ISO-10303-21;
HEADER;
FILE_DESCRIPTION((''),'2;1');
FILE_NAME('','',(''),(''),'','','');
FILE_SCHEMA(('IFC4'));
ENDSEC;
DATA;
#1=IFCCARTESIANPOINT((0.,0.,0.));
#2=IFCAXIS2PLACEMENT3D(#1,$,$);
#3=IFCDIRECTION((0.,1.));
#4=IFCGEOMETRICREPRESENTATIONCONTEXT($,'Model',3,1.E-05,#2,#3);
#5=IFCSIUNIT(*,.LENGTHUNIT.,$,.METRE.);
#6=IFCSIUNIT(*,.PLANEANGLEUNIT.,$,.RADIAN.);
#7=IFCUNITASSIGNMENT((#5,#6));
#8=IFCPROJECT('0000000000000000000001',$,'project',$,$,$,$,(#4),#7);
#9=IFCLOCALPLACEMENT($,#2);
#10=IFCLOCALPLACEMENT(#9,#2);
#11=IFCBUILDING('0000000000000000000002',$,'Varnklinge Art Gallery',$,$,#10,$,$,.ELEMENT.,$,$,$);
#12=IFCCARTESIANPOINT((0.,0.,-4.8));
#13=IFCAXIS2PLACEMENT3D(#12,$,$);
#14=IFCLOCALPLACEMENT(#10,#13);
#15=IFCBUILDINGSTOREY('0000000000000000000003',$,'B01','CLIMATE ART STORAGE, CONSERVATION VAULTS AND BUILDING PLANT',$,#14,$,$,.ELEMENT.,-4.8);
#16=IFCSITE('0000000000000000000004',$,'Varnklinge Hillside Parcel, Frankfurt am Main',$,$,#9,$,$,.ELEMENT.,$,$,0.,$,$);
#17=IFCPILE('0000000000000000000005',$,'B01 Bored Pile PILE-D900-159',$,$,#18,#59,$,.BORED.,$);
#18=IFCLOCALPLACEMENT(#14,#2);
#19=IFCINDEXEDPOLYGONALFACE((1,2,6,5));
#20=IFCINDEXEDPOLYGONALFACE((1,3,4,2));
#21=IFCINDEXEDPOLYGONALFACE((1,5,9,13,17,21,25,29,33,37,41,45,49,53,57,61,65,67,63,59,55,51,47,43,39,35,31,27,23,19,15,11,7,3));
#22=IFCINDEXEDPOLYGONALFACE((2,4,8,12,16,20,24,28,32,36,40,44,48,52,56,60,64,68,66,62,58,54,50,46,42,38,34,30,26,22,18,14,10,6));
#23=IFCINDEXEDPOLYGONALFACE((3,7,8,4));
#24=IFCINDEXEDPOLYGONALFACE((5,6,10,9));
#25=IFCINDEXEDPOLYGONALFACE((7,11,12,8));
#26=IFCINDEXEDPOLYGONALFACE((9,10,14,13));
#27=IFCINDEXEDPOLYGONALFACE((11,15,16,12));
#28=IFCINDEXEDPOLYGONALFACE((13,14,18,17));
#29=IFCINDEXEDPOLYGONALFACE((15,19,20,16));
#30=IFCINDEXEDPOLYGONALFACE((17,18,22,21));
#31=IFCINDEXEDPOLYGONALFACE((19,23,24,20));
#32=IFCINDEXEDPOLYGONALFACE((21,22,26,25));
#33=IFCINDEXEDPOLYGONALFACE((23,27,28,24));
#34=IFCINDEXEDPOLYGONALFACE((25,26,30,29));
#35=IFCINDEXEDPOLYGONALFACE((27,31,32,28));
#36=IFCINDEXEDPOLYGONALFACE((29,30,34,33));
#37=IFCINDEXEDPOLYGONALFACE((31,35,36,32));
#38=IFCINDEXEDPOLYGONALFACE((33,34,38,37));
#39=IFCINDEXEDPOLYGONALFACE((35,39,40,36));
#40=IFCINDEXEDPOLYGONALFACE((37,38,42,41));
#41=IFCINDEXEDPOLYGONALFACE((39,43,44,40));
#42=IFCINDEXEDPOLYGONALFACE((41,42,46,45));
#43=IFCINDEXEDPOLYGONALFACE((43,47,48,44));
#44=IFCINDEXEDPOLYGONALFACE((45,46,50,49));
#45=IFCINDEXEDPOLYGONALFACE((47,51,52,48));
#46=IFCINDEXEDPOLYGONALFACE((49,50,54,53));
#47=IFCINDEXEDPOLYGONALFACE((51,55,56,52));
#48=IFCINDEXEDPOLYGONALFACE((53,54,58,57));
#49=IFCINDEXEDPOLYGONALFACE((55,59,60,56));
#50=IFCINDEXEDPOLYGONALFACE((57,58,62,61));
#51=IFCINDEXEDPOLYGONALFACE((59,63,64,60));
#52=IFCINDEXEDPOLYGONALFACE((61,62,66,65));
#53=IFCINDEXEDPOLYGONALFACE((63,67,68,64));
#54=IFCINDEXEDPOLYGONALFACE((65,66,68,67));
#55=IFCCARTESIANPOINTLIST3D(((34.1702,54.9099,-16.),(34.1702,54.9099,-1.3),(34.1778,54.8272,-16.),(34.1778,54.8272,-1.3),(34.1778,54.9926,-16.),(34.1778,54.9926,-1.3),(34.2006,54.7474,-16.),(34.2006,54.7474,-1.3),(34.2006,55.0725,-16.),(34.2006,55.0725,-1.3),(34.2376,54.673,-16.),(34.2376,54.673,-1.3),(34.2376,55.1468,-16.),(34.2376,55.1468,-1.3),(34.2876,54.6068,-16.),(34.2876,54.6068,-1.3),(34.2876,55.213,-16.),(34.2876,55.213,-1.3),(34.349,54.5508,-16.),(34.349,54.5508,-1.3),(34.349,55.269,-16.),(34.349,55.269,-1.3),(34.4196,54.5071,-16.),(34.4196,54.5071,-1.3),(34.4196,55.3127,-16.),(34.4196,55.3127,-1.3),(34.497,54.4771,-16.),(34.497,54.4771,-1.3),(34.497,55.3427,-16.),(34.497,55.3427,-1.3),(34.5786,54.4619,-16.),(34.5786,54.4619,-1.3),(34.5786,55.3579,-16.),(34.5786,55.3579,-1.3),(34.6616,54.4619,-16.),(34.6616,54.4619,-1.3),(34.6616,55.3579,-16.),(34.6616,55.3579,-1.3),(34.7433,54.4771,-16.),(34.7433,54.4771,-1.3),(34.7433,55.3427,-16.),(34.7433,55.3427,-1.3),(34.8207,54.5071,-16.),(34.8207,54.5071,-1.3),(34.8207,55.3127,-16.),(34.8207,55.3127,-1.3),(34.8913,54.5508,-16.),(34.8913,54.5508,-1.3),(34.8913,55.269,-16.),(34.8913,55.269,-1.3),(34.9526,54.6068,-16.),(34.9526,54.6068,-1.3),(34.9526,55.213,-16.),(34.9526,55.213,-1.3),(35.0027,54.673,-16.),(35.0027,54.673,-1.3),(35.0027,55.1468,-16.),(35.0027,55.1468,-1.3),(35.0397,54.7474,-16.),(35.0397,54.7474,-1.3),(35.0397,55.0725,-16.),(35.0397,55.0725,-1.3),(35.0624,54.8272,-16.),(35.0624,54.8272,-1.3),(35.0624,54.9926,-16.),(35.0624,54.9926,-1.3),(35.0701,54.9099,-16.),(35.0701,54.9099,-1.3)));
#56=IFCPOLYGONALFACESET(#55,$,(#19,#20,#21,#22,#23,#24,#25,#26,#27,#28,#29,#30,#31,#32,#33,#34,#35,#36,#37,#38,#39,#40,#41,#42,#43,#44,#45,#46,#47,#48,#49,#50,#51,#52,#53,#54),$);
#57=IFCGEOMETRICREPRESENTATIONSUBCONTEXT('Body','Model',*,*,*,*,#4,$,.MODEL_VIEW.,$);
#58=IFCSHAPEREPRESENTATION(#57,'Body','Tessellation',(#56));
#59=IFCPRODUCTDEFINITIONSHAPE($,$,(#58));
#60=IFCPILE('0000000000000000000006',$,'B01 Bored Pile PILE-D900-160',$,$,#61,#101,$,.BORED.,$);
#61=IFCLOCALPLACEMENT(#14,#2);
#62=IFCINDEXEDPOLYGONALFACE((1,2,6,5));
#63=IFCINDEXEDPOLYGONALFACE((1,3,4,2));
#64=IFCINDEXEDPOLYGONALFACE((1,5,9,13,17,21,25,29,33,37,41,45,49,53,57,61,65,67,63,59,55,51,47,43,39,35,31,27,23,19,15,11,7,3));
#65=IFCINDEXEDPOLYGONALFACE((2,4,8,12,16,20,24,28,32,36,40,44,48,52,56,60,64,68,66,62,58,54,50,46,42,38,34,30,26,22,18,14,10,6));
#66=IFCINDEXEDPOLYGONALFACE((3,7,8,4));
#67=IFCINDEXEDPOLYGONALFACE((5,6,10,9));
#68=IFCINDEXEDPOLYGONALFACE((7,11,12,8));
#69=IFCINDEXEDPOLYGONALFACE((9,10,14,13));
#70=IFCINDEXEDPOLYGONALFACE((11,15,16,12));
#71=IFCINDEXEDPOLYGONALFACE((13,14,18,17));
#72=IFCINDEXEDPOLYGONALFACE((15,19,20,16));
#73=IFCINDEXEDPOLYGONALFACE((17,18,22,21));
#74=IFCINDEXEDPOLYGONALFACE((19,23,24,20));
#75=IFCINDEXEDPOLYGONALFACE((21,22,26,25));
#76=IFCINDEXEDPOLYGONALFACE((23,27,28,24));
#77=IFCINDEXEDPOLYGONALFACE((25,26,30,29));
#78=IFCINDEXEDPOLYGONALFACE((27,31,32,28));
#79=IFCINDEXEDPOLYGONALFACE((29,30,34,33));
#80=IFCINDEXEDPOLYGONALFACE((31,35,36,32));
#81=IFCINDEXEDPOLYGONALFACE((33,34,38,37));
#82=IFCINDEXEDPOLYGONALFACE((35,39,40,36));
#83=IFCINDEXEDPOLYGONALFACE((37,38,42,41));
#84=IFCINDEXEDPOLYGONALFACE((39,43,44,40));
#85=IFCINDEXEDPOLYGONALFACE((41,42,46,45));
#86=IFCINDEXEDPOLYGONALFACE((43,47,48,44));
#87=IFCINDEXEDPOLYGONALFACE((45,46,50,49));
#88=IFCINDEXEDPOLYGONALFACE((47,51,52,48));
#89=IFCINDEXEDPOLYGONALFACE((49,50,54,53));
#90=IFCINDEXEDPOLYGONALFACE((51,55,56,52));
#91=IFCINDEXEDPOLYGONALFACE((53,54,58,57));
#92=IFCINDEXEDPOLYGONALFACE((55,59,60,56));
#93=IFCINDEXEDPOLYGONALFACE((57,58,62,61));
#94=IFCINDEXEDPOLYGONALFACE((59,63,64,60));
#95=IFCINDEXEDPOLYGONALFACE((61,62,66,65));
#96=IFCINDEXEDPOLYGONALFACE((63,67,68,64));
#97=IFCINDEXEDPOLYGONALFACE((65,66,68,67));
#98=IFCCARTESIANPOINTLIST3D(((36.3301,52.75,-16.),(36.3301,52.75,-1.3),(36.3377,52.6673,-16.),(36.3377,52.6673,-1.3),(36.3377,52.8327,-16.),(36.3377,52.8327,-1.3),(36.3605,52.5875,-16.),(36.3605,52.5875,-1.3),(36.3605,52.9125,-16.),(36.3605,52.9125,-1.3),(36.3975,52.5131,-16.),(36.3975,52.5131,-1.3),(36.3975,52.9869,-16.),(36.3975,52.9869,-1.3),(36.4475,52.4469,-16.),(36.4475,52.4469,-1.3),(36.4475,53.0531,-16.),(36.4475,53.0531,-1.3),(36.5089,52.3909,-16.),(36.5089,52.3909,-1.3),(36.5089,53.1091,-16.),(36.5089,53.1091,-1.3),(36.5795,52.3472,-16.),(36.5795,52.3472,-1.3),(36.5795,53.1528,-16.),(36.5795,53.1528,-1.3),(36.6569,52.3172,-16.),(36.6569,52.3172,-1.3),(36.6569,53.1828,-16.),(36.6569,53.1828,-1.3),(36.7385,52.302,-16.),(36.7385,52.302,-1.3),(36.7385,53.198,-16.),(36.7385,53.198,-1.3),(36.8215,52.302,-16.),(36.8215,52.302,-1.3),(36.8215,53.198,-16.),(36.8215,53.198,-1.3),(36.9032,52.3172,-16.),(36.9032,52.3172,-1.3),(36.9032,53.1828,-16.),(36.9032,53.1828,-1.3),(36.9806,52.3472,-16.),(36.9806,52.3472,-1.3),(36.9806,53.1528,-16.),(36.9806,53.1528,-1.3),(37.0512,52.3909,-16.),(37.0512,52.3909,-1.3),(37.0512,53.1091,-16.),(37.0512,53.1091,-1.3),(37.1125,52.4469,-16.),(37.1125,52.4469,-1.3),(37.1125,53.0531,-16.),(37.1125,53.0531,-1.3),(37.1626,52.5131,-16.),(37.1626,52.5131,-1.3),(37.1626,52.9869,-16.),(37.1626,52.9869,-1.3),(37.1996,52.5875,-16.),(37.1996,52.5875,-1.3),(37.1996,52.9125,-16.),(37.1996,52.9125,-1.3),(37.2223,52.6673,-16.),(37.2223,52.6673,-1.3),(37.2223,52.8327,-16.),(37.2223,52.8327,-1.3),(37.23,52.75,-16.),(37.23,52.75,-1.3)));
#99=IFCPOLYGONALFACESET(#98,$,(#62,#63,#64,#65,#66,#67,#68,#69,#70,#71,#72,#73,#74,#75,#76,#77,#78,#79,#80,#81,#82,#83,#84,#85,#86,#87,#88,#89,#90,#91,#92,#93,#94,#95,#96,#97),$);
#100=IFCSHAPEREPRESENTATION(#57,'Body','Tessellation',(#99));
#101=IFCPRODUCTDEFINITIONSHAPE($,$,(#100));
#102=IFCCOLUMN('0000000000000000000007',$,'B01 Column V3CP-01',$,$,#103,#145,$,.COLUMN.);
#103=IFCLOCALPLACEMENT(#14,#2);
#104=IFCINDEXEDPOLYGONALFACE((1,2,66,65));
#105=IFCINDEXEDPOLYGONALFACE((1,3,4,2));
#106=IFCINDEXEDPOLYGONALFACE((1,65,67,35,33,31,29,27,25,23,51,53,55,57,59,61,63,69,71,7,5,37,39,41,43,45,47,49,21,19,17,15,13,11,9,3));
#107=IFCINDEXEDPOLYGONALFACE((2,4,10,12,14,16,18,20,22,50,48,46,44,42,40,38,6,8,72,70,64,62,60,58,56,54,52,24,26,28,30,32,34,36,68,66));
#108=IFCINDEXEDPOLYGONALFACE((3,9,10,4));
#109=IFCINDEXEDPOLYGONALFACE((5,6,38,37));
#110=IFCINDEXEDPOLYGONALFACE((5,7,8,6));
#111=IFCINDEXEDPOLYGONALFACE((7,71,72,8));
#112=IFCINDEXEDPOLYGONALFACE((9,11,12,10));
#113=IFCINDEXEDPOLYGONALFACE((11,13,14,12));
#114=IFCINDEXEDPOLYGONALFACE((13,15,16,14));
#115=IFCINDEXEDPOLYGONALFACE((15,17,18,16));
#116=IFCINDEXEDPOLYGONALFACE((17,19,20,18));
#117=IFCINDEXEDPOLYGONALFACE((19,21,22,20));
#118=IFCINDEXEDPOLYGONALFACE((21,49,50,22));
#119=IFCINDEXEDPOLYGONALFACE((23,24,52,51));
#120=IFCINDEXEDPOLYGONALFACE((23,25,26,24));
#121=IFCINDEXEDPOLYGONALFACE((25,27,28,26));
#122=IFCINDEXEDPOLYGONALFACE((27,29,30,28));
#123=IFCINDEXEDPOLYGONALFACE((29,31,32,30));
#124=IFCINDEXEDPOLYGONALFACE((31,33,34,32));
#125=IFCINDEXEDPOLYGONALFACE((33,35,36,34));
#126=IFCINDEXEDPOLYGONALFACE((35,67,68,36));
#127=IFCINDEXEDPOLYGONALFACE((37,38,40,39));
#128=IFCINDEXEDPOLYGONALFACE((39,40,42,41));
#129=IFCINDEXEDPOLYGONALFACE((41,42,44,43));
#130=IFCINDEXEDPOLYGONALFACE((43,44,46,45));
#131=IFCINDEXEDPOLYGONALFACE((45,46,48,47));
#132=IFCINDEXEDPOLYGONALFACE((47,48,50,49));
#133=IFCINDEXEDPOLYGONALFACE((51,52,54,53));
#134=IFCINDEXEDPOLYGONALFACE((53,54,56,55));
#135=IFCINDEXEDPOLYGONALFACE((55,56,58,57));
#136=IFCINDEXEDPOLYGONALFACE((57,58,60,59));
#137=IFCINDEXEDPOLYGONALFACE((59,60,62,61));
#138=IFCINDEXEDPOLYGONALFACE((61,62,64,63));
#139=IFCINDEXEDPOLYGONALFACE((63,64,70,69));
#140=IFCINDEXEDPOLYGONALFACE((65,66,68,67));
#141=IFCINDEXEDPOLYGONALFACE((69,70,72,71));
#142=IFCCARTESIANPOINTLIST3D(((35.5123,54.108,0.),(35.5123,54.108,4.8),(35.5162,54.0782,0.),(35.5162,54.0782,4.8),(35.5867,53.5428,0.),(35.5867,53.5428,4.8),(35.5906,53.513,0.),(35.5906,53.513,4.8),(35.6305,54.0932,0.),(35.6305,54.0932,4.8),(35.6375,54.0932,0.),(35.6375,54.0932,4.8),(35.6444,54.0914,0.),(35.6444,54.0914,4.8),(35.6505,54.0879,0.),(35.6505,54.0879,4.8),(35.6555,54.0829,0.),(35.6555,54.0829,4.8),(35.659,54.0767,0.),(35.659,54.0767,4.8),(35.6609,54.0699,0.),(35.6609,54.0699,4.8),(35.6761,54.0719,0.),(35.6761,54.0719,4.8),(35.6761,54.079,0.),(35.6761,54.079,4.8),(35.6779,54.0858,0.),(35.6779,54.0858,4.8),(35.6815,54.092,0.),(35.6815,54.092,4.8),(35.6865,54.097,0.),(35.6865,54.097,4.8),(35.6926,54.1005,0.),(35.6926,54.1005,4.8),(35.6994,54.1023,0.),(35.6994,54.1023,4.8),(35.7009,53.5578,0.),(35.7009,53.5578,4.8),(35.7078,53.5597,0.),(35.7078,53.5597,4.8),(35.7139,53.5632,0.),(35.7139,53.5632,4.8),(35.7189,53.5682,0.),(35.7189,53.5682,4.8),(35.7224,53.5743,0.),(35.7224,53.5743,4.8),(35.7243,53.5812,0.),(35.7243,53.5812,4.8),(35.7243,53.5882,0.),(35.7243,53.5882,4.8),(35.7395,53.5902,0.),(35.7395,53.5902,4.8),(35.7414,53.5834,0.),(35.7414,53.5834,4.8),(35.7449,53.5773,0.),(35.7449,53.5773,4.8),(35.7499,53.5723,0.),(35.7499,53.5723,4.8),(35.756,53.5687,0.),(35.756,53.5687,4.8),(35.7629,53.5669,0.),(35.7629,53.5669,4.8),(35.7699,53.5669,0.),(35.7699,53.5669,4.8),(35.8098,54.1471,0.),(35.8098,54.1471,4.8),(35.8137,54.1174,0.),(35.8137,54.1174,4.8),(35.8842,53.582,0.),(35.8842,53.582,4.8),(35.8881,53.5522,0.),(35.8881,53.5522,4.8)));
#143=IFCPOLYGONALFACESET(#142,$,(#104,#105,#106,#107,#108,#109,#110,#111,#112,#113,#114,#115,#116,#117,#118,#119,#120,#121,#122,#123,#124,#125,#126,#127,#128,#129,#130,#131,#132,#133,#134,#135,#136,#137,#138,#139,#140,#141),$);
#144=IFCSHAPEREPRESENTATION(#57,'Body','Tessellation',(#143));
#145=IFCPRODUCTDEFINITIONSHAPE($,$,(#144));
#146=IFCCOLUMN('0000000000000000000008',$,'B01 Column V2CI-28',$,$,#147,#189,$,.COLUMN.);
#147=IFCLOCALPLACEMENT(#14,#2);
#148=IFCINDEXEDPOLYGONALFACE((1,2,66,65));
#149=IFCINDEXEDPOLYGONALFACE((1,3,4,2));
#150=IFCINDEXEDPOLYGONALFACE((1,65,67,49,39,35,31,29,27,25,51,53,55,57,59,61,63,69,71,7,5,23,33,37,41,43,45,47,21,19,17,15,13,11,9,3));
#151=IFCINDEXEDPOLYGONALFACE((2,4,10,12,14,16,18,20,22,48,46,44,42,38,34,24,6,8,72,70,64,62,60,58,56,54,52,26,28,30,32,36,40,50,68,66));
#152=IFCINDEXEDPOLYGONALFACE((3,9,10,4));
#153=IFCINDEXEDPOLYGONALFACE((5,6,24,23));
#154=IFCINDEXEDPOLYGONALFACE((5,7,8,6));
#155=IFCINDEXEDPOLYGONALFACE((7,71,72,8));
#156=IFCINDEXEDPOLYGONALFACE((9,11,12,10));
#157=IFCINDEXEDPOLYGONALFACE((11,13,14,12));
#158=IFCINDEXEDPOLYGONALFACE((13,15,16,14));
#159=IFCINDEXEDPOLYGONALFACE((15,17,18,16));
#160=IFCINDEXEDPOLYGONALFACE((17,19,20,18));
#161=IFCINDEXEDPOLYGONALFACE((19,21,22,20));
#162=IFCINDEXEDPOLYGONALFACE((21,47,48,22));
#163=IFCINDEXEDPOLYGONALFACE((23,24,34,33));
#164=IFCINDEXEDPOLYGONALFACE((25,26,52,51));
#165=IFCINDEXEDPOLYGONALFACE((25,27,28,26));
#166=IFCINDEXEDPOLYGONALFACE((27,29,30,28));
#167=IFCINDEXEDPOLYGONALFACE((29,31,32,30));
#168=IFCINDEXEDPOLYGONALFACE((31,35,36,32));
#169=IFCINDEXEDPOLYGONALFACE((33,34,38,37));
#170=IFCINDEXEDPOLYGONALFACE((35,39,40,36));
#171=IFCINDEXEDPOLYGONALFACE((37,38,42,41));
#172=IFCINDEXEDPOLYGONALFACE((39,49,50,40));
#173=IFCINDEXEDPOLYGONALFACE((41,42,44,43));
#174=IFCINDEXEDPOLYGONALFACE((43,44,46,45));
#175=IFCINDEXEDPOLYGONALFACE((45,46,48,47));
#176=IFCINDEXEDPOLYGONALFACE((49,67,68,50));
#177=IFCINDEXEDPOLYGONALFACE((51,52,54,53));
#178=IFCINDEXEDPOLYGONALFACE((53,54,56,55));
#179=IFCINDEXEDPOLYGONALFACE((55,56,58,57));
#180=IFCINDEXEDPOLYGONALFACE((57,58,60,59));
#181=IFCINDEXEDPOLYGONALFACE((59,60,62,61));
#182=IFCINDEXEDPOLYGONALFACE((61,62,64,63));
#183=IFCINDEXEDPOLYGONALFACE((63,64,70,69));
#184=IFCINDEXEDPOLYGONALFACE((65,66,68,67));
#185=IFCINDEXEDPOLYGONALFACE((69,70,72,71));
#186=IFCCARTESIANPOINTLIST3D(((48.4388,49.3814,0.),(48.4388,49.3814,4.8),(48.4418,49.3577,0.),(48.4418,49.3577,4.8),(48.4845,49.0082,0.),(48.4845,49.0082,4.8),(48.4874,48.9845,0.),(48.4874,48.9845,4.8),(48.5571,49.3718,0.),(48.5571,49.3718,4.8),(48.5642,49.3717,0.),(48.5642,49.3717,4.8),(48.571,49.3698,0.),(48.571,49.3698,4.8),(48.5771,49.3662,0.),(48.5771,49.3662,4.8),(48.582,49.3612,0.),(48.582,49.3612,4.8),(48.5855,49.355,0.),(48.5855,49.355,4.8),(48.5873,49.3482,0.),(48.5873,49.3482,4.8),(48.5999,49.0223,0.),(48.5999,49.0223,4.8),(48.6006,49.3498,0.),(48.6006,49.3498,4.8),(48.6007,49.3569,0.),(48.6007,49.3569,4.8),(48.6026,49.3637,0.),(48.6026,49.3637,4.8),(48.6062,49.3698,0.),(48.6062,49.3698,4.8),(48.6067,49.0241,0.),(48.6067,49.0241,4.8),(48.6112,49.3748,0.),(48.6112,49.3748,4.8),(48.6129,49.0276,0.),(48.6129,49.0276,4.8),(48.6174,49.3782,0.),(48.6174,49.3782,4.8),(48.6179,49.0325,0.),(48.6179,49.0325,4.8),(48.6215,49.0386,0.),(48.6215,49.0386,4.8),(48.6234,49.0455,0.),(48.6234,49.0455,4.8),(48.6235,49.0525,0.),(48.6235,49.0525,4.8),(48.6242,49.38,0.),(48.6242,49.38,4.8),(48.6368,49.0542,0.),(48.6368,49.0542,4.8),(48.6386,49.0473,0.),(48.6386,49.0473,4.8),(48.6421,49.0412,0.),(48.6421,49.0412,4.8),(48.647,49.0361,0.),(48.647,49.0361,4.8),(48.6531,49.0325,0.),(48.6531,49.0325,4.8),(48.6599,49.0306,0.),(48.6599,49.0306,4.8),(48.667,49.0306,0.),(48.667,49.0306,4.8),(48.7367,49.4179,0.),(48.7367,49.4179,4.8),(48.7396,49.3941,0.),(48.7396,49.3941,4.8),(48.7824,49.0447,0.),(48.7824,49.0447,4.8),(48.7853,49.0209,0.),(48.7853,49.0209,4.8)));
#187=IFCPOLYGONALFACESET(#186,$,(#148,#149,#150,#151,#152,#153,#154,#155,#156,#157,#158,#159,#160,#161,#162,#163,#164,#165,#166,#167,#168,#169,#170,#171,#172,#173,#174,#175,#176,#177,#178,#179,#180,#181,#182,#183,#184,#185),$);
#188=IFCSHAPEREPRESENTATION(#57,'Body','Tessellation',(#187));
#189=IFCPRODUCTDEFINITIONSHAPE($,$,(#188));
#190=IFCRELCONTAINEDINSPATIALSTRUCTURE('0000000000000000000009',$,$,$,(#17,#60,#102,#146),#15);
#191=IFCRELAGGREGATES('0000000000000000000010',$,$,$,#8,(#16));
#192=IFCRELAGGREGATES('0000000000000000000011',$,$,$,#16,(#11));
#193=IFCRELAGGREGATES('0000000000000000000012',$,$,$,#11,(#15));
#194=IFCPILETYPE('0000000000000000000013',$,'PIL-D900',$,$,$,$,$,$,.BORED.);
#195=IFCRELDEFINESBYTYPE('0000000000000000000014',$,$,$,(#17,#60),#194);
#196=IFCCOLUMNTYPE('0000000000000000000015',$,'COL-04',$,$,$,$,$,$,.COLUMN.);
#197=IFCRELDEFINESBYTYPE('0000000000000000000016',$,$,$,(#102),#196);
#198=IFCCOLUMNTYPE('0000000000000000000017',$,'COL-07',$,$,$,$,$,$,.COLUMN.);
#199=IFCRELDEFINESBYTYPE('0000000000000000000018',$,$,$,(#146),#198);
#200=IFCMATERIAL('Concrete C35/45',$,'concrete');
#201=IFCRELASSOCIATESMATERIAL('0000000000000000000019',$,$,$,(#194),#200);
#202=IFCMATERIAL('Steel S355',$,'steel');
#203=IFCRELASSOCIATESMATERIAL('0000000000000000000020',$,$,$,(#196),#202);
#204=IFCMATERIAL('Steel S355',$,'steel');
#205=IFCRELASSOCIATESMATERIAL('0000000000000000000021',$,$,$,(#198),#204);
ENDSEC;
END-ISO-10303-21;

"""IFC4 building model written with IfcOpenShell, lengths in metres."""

from ifc_helpers import new_model, si_unit, direction, frame, origin, origin_2d, place, context, subcontext, project, spatial, circle, i_section, extrude, material, material_profile, profile_set, type_object, element, save


model = new_model("IFC4")

# Units and contexts
model_context = context("Model", 3, precision=1e-05, world=origin(), true_north=direction((0.0, 1.0)))
body_context = subcontext(model_context, "Body", "Model", "MODEL_VIEW")
ifc_project = project(units=[si_unit("LENGTHUNIT", "METRE"), si_unit("PLANEANGLEUNIT", "RADIAN")], contexts=[model_context])

# Site, building, storey
site_placement = place(None, origin())
site = spatial("IfcSite", under=ifc_project, at=site_placement, Name="Varnklinge Hillside Parcel, Frankfurt am Main", CompositionType="ELEMENT", RefElevation=0.0)
building_placement = place(site_placement, origin())
building = spatial("IfcBuilding", under=site, at=building_placement, Name="Varnklinge Art Gallery", CompositionType="ELEMENT")
storey_placement = place(building_placement, frame((0.0, 0.0, -4.8)))
storey = spatial("IfcBuildingStorey", under=building, at=storey_placement, Name="B01", Description="CLIMATE ART STORAGE, CONSERVATION VAULTS AND BUILDING PLANT", CompositionType="ELEMENT", Elevation=-4.8)

# Piles
ifc_material_1 = material(Name="Concrete C35/45", Category="concrete")
ifc_material_profile_1 = material_profile(ifc_material_1, circle(Radius=0.45, at=origin_2d()), Name="PILE D900")
ifc_profile_set_1 = profile_set([ifc_material_profile_1], Name="Concrete C35/45")
pile_type_1 = type_object("IfcPileType", Name="PIL-D900", PredefinedType="BORED", material=ifc_profile_set_1)
for number, where, z_axis, x_axis, name in (
    (1, (34.6201, 54.9099, -1.3), (0.0, 0.0, -1.0), (1.0, 0.0, 0.0), "B01 Bored Pile PILE-D900-159"),
    (2, (36.78, 52.75, -1.3), (0.0, 0.0, -1.0), (1.0, 0.0, 0.0), "B01 Bored Pile PILE-D900-160"),
):
    element("IfcPile", number, at=place(storey_placement, frame(where, z_axis=z_axis, x_axis=x_axis)), inside=storey, type_object=pile_type_1, Name=name, PredefinedType="BORED", context=body_context, shape_type="SweptSolid", body=[
        extrude(circle(Radius=0.45, at=origin_2d()), origin(), (0.0, 0.0, 1.0), 14.7),
    ])

# Columns
ifc_material_2 = material(Name="Steel S355", Category="steel")
ifc_material_profile_2 = material_profile(ifc_material_2, i_section(OverallWidth=0.3, OverallDepth=0.6001, WebThickness=0.0154, FlangeThickness=0.03, FilletRadius=0.0271, at=origin_2d()), Name="HEB 600")
ifc_profile_set_2 = profile_set([ifc_material_profile_2], Name="Steel S355")
column_type_1 = type_object("IfcColumnType", Name="COL-04", PredefinedType="COLUMN", material=ifc_profile_set_2)
column_1_placement = place(storey_placement, frame((35.7002, 53.8301, 0.0), z_axis=(0.0, 0.0, 1.0), x_axis=(0.991445, 0.130526, 0.0)))
element("IfcColumn", 3, at=column_1_placement, inside=storey, type_object=column_type_1, Name="B01 Column V3CP-01", PredefinedType="COLUMN", context=body_context, shape_type="SweptSolid", body=[
    extrude(i_section(OverallWidth=0.3, OverallDepth=0.6001, WebThickness=0.0154, FlangeThickness=0.03, FilletRadius=0.0271, at=origin_2d()), origin(), (0.0, 0.0, 1.0), 4.8),
])
ifc_material_3 = material(Name="Steel S355", Category="steel")
ifc_material_profile_3 = material_profile(ifc_material_3, i_section(OverallWidth=0.3, OverallDepth=0.3999, WebThickness=0.0134, FlangeThickness=0.0239, FilletRadius=0.0271, at=origin_2d()), Name="HEB 400")
ifc_profile_set_3 = profile_set([ifc_material_profile_3], Name="Steel S355")
column_type_2 = type_object("IfcColumnType", Name="COL-07", PredefinedType="COLUMN", material=ifc_profile_set_3)
column_2_placement = place(storey_placement, frame((48.6121, 49.2012, 0.0), z_axis=(0.0, 0.0, 1.0), x_axis=(0.992589, 0.121523, 0.0)))
element("IfcColumn", 4, at=column_2_placement, inside=storey, type_object=column_type_2, Name="B01 Column V2CI-28", PredefinedType="COLUMN", context=body_context, shape_type="SweptSolid", body=[
    extrude(i_section(OverallWidth=0.3, OverallDepth=0.3999, WebThickness=0.0134, FlangeThickness=0.0239, FilletRadius=0.0271, at=origin_2d()), origin(), (0.0, 0.0, 1.0), 4.8),
])

save(model, "model.ifc")
